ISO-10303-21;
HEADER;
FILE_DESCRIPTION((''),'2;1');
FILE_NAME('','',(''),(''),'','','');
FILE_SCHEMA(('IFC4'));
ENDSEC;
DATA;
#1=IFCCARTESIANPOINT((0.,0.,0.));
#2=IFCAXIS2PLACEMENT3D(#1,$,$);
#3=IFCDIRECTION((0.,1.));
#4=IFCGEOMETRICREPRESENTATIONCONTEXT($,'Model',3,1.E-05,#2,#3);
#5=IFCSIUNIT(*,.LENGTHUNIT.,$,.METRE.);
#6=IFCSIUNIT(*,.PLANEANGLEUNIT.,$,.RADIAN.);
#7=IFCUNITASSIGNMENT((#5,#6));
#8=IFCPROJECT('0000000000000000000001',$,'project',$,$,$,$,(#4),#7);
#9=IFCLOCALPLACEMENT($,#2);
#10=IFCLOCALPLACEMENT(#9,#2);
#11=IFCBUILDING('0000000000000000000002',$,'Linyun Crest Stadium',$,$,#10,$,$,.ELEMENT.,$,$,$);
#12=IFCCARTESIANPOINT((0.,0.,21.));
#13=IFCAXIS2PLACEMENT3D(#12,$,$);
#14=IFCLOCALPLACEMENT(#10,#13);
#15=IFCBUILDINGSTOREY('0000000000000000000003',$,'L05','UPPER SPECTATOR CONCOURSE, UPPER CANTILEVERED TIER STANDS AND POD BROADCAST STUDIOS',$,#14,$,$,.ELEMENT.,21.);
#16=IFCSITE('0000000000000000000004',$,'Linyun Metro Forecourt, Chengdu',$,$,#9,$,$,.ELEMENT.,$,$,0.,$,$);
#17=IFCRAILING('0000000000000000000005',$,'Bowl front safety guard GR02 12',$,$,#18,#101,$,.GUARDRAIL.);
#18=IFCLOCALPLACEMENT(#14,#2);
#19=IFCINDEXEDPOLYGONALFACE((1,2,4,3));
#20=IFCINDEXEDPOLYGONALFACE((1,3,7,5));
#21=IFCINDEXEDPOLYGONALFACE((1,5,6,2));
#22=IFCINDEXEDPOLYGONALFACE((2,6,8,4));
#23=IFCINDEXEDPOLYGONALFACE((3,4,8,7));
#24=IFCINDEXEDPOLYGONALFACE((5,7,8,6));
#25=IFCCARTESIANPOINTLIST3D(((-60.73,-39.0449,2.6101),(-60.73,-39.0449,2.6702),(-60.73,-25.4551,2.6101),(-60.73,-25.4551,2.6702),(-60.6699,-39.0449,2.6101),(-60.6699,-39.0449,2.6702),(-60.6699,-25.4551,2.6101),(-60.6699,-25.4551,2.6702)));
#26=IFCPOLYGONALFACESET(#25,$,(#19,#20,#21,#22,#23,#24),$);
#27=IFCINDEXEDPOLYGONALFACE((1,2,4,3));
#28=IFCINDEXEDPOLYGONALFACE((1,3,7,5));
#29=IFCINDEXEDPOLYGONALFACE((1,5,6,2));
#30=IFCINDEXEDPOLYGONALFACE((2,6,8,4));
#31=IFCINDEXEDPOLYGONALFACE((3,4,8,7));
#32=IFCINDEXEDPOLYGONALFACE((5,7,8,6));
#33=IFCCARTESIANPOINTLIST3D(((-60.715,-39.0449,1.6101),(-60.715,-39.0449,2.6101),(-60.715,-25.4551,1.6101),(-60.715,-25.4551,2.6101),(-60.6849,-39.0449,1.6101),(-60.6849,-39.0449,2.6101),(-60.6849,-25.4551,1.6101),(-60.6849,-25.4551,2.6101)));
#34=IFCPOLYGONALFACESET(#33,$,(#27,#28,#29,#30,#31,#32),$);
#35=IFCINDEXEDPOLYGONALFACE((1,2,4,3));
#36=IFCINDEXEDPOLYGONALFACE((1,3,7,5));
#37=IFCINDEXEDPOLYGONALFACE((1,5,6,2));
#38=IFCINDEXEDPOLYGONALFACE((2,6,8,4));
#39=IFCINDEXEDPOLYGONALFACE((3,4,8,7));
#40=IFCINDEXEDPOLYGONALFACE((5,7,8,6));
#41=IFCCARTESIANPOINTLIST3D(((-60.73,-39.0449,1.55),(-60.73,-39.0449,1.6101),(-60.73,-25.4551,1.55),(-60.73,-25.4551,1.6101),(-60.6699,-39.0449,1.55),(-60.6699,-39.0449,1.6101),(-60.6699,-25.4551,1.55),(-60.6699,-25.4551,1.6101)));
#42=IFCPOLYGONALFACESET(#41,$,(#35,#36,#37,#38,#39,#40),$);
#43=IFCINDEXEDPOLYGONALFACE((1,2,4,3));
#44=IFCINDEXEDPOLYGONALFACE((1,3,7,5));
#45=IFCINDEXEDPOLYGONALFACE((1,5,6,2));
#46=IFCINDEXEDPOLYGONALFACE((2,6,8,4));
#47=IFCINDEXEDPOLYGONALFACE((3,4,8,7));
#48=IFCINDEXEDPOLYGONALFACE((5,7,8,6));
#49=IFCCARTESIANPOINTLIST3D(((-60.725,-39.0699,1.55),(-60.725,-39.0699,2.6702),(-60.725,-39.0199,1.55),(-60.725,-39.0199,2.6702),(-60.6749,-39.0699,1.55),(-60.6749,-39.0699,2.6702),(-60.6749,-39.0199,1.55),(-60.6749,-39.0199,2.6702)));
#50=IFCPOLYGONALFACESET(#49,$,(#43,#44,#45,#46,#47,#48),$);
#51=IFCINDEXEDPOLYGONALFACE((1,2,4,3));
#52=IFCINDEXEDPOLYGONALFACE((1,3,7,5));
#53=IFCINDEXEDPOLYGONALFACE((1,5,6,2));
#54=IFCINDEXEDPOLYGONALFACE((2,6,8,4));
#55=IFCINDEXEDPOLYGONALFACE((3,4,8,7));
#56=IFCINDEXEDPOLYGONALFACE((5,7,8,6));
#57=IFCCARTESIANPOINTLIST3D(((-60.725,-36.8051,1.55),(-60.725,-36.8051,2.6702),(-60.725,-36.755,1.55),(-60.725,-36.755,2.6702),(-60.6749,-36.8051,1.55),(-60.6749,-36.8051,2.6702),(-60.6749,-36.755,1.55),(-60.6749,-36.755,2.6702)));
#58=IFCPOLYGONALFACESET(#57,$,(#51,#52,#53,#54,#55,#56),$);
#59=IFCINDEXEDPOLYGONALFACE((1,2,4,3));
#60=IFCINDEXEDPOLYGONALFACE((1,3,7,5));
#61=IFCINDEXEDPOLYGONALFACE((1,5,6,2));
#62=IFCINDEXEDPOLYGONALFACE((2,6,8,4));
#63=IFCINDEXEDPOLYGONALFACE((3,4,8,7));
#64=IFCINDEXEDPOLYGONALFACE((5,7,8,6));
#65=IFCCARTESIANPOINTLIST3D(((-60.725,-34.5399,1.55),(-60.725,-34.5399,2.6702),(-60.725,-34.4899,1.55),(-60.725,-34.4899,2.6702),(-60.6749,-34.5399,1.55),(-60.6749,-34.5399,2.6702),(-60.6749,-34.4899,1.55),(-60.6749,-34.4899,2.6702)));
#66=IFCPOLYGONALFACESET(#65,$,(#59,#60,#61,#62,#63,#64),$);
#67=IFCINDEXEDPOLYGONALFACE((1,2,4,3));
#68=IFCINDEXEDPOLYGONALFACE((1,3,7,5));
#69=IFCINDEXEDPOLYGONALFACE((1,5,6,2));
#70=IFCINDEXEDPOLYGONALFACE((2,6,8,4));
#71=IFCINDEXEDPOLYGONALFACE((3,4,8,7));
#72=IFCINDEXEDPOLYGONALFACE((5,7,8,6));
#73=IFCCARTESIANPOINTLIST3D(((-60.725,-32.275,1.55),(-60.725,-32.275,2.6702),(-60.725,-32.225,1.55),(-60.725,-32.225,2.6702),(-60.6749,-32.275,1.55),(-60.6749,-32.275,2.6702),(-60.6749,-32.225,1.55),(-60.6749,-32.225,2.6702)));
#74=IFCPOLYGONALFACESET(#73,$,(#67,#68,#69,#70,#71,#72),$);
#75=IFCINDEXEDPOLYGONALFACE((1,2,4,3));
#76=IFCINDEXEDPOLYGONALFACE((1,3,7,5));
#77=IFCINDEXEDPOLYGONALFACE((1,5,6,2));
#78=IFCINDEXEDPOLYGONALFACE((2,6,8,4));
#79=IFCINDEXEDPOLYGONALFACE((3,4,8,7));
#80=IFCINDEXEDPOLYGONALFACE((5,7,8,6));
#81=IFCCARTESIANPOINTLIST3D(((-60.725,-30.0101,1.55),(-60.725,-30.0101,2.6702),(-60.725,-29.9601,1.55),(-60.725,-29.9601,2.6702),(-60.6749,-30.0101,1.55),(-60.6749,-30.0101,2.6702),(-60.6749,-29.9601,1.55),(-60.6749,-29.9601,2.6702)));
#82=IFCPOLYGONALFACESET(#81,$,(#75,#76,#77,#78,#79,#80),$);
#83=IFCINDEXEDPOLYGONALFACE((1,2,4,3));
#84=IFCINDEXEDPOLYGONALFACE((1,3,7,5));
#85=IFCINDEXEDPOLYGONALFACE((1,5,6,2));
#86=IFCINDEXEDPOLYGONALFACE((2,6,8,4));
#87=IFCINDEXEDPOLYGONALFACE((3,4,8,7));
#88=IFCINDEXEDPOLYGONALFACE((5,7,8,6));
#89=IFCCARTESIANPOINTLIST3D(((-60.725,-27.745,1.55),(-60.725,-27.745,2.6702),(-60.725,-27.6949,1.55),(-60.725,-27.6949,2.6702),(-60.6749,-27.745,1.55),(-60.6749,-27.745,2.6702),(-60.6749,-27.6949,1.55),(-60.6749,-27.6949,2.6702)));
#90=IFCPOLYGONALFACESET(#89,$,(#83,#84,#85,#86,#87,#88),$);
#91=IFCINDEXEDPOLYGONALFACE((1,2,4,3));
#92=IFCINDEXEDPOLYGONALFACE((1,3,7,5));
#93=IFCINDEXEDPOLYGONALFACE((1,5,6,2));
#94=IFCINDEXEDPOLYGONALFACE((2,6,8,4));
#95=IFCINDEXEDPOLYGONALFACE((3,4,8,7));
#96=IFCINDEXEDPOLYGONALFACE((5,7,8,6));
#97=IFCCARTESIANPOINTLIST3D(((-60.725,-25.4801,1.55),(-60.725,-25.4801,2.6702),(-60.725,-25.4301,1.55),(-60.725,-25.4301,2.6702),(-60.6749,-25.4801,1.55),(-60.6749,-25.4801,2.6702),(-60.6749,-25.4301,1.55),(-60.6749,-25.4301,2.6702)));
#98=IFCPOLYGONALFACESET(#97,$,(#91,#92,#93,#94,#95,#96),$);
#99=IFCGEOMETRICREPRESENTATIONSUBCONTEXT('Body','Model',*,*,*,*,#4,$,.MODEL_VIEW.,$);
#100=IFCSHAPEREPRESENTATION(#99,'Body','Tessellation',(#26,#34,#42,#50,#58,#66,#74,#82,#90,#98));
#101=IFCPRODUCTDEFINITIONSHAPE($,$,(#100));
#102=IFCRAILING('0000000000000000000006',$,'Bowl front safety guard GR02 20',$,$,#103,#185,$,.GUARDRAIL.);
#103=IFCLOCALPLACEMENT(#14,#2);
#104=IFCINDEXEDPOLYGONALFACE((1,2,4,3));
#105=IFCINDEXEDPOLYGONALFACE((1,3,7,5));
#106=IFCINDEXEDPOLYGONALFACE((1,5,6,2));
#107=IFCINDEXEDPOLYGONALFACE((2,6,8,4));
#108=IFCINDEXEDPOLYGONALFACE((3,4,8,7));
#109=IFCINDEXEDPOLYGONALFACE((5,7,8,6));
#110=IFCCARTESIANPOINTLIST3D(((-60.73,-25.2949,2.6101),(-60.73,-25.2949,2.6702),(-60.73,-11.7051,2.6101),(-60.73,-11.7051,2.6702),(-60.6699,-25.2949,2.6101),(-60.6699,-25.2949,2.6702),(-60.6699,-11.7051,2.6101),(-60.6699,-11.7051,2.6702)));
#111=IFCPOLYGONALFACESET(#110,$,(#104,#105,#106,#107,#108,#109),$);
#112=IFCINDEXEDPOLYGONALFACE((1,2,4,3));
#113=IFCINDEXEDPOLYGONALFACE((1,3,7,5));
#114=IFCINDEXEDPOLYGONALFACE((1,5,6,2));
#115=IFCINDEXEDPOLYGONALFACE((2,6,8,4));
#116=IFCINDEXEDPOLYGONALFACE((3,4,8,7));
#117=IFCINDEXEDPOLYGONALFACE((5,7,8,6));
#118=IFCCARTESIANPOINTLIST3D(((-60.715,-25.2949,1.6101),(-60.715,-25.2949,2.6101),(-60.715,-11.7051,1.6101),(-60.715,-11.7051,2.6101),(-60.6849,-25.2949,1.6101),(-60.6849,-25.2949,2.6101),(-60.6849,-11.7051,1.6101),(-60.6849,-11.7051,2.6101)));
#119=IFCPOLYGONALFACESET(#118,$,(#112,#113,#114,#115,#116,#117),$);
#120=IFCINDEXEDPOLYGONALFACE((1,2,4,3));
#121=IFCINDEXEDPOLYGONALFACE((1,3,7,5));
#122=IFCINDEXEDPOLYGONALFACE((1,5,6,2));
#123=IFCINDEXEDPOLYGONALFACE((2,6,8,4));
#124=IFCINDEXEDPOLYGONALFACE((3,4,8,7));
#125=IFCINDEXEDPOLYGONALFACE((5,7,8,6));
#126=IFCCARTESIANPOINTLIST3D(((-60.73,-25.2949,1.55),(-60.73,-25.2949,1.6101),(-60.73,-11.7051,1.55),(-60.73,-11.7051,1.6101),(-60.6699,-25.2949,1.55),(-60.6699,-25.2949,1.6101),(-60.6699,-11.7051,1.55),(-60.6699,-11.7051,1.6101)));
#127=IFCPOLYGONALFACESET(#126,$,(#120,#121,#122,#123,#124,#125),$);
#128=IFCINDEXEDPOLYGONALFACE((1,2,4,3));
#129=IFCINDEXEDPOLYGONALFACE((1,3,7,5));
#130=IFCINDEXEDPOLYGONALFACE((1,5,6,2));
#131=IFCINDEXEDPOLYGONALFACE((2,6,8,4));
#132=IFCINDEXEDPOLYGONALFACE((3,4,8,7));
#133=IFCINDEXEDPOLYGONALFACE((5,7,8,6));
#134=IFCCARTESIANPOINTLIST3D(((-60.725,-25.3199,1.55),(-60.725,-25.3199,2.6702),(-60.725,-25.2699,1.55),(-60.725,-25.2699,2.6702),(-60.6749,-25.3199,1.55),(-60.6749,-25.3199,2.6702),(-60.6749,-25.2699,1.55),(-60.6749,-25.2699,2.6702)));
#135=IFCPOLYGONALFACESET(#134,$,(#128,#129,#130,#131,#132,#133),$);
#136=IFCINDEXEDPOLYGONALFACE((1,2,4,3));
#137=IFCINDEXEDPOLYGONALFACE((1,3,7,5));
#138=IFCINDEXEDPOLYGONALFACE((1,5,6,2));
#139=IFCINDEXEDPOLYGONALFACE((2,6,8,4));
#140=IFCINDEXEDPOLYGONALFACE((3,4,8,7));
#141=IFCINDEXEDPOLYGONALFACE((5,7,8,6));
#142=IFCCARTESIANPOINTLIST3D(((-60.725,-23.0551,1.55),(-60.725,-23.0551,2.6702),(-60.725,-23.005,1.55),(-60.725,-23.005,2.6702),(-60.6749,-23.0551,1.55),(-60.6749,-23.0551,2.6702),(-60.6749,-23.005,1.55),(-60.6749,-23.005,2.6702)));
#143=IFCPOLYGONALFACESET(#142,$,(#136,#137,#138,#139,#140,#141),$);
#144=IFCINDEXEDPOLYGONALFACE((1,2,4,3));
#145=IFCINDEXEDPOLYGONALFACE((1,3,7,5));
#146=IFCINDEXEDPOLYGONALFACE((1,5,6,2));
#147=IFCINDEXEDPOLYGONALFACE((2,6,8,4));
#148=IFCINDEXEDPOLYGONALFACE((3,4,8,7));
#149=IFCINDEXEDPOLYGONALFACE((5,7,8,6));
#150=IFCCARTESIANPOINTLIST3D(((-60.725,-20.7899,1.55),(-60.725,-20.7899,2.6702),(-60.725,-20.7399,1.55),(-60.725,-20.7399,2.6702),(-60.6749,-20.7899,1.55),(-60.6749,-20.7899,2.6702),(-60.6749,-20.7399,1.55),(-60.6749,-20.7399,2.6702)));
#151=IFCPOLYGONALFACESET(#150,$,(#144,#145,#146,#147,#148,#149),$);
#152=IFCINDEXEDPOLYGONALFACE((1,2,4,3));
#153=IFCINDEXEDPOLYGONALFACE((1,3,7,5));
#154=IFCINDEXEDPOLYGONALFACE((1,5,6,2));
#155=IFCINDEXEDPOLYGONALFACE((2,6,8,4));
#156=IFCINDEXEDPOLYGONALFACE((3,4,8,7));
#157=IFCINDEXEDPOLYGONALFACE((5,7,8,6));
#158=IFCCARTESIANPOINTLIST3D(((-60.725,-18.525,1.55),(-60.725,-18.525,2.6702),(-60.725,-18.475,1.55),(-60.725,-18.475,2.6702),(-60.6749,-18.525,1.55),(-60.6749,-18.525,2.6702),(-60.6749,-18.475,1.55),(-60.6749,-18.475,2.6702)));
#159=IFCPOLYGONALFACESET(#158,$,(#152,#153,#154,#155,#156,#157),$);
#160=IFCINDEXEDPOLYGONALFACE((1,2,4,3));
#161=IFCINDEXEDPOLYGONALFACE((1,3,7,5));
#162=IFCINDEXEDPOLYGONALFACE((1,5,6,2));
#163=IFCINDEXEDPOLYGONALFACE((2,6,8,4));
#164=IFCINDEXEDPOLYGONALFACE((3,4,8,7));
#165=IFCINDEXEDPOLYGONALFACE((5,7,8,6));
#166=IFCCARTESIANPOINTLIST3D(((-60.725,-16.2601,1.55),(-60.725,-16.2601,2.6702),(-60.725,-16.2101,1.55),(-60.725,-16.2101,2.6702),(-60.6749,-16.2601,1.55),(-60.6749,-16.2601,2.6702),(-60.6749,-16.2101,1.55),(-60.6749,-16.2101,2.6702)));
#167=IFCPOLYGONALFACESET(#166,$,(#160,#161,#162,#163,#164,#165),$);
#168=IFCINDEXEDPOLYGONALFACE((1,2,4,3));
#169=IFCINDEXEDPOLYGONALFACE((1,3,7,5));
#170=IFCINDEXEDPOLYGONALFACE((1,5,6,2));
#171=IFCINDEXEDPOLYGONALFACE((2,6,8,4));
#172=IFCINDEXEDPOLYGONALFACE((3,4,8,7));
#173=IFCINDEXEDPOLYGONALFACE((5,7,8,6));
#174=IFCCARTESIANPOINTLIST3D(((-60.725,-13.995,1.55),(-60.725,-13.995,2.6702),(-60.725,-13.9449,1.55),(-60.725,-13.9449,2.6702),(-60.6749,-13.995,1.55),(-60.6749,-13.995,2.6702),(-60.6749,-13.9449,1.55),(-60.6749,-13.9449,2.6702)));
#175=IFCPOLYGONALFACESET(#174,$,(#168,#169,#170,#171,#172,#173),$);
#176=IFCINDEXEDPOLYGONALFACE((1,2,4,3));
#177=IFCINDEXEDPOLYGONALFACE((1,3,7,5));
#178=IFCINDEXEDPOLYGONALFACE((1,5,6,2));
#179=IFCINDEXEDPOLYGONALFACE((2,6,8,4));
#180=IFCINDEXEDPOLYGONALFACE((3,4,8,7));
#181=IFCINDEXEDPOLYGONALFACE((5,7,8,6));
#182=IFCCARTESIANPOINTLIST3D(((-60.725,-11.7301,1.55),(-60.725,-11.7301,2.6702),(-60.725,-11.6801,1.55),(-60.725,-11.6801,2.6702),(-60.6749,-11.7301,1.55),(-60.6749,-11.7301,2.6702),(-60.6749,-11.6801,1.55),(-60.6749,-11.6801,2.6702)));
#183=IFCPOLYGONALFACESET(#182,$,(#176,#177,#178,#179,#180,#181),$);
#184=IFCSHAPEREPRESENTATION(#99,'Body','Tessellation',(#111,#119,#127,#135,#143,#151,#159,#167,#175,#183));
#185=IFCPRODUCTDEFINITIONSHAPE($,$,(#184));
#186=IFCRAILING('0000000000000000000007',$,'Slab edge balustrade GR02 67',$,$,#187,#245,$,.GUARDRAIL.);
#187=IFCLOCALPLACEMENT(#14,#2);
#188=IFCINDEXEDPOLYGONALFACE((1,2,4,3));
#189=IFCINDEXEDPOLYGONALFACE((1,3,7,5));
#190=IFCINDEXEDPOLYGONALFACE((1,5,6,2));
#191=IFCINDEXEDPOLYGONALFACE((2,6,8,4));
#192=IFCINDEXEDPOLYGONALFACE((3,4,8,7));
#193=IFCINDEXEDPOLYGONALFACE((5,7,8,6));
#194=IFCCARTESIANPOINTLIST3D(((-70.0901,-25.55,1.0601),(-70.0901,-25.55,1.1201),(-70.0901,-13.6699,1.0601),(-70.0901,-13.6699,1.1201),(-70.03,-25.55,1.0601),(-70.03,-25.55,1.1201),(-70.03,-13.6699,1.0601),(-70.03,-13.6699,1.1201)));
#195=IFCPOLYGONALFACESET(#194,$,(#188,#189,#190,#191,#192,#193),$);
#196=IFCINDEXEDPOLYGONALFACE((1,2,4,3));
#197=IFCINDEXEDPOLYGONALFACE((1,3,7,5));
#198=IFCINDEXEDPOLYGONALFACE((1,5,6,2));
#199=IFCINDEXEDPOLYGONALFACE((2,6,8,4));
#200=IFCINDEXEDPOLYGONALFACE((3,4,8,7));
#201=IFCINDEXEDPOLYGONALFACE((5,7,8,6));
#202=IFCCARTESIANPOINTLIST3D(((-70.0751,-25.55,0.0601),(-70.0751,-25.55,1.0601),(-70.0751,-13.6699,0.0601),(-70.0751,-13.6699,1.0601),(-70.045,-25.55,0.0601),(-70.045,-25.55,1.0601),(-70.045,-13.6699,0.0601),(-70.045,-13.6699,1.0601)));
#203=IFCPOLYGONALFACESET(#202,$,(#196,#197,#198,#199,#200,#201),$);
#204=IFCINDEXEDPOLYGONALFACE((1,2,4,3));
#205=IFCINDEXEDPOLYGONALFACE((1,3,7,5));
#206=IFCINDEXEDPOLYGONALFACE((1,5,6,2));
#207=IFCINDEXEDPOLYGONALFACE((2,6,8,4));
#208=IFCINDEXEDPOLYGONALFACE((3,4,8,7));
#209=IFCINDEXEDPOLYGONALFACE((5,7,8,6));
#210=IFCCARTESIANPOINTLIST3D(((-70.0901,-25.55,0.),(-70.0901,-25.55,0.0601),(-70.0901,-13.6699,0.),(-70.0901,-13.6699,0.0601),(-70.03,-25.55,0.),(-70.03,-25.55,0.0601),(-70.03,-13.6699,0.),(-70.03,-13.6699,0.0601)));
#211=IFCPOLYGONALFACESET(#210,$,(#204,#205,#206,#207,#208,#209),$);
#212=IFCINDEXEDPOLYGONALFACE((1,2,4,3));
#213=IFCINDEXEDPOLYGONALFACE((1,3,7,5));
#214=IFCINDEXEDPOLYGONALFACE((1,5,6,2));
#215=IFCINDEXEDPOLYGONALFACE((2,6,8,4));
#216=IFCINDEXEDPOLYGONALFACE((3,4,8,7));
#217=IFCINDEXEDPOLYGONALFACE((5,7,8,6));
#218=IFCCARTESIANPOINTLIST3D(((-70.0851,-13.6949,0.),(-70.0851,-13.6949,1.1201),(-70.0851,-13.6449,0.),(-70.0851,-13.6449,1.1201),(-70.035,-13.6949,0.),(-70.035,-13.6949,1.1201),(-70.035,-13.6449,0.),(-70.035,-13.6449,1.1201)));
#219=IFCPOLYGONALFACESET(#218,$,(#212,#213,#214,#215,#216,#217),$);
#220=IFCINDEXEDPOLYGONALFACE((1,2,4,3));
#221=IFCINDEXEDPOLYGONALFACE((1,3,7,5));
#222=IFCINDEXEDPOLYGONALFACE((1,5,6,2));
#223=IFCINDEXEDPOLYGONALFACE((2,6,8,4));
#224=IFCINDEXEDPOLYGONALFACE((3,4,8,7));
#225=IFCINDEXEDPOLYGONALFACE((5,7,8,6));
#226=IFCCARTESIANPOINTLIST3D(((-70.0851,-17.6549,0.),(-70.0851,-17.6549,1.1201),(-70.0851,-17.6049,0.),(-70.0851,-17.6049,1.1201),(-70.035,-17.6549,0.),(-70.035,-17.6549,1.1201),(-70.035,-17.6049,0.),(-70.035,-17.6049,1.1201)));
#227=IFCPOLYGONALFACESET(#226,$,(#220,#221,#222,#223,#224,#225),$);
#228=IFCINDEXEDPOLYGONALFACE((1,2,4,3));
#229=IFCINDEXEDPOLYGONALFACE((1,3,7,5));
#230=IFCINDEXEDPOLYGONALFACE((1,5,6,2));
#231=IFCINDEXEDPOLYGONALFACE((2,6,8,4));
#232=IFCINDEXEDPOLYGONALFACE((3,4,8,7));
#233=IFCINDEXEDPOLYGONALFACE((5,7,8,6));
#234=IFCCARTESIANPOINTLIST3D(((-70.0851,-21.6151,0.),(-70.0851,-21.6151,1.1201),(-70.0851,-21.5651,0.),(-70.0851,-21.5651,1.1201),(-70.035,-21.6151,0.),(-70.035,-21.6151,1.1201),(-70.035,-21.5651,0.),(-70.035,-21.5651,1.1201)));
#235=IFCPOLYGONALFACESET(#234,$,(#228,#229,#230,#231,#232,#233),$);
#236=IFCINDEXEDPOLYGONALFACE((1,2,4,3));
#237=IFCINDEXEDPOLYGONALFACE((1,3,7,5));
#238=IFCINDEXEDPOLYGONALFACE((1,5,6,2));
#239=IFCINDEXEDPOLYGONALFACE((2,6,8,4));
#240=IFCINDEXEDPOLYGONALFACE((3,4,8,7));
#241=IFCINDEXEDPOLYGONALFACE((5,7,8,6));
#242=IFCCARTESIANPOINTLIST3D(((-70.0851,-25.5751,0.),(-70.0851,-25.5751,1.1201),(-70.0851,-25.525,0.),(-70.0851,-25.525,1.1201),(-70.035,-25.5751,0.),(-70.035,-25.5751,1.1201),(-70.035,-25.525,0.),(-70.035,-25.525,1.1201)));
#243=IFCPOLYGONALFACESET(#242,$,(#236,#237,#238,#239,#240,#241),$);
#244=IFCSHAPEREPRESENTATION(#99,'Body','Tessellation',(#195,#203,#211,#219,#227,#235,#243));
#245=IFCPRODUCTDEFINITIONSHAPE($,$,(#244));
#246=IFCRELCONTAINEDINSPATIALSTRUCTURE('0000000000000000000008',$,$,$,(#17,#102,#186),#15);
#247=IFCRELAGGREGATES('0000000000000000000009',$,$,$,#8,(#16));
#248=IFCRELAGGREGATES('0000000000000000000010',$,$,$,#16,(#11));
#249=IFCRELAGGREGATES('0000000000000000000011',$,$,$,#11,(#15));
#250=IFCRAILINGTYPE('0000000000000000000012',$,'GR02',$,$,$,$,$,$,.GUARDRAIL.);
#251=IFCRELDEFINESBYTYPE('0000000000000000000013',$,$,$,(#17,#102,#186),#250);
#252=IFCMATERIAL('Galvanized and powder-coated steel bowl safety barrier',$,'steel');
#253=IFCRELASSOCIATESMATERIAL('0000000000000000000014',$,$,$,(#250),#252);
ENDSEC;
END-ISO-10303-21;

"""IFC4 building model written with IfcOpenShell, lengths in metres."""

from ifc_helpers import new_model, si_unit, direction, frame, origin, origin_2d, place, context, subcontext, project, spatial, rectangle, extrude, material, type_object, element, save


model = new_model("IFC4")

# Units and contexts
model_context = context("Model", 3, precision=1e-05, world=origin(), true_north=direction((0.0, 1.0)))
body_context = subcontext(model_context, "Body", "Model", "MODEL_VIEW")
ifc_project = project(units=[si_unit("LENGTHUNIT", "METRE"), si_unit("PLANEANGLEUNIT", "RADIAN")], contexts=[model_context])

# Site, building, storey
site_placement = place(None, origin())
site = spatial("IfcSite", under=ifc_project, at=site_placement, Name="Linyun Metro Forecourt, Chengdu", CompositionType="ELEMENT", RefElevation=0.0)
building_placement = place(site_placement, origin())
building = spatial("IfcBuilding", under=site, at=building_placement, Name="Linyun Crest Stadium", CompositionType="ELEMENT")
storey_placement = place(building_placement, frame((0.0, 0.0, 21.0)))
storey = spatial("IfcBuildingStorey", under=building, at=storey_placement, Name="L05", Description="UPPER SPECTATOR CONCOURSE, UPPER CANTILEVERED TIER STANDS AND POD BROADCAST STUDIOS", CompositionType="ELEMENT", Elevation=21.0)

# Railings
ifc_material_1 = material(Name="Galvanized and powder-coated steel bowl safety barrier", Category="steel")
railing_type = type_object("IfcRailingType", Name="GR02", PredefinedType="GUARDRAIL", material=ifc_material_1)
for number, where, name in (
    (1, (-60.7, -39.0449, 1.55), "Bowl front safety guard GR02 12"),
    (2, (-60.7, -25.2949, 1.55), "Bowl front safety guard GR02 20"),
):
    element("IfcRailing", number, at=place(storey_placement, frame(where)), inside=storey, type_object=railing_type, Name=name, PredefinedType="GUARDRAIL", context=body_context, shape_type="SweptSolid", body=[
        extrude(rectangle(XDim=0.0601, YDim=0.0601, at=origin_2d()), frame((0.0, 0.0, 1.0901), z_axis=(0.0, 1.0, 0.0), x_axis=(-1.0, 0.0, 0.0)), (0.0, 0.0, 1.0), 13.5898),
        extrude(rectangle(XDim=0.03, YDim=1.0, at=origin_2d()), frame((0.0, 0.0, 0.5601), z_axis=(0.0, 1.0, 0.0), x_axis=(-1.0, 0.0, 0.0)), (0.0, 0.0, 1.0), 13.5898),
        extrude(rectangle(XDim=0.0601, YDim=0.0601, at=origin_2d()), frame((0.0, 0.0, 0.03), z_axis=(0.0, 1.0, 0.0), x_axis=(-1.0, 0.0, 0.0)), (0.0, 0.0, 1.0), 13.5898),
        extrude(rectangle(XDim=0.05, YDim=0.05, at=origin_2d()), origin(), (0.0, 0.0, 1.0), 1.1201),
        extrude(rectangle(XDim=0.05, YDim=0.05, at=origin_2d()), frame((0.0, 2.2649, 0.0)), (0.0, 0.0, 1.0), 1.1201),
        extrude(rectangle(XDim=0.05, YDim=0.05, at=origin_2d()), frame((0.0, 4.53, 0.0)), (0.0, 0.0, 1.0), 1.1201),
        extrude(rectangle(XDim=0.05, YDim=0.05, at=origin_2d()), frame((0.0, 6.7949, 0.0)), (0.0, 0.0, 1.0), 1.1201),
        extrude(rectangle(XDim=0.05, YDim=0.05, at=origin_2d()), frame((0.0, 9.0598, 0.0)), (0.0, 0.0, 1.0), 1.1201),
        extrude(rectangle(XDim=0.05, YDim=0.05, at=origin_2d()), frame((0.0, 11.325, 0.0)), (0.0, 0.0, 1.0), 1.1201),
        extrude(rectangle(XDim=0.05, YDim=0.05, at=origin_2d()), frame((0.0, 13.5898, 0.0)), (0.0, 0.0, 1.0), 1.1201),
    ])
railing_1_placement = place(storey_placement, frame((-70.0601, -13.6699, 0.0)))
element("IfcRailing", 3, at=railing_1_placement, inside=storey, type_object=railing_type, Name="Slab edge balustrade GR02 67", PredefinedType="GUARDRAIL", context=body_context, shape_type="SweptSolid", body=[
    extrude(rectangle(XDim=0.0601, YDim=0.0601, at=origin_2d()), frame((0.0, 0.0, 1.0901), z_axis=(0.0, -1.0, 0.0), x_axis=(1.0, 0.0, 0.0)), (0.0, 0.0, 1.0), 11.8801),
    extrude(rectangle(XDim=0.03, YDim=1.0, at=origin_2d()), frame((0.0, 0.0, 0.5601), z_axis=(0.0, -1.0, 0.0), x_axis=(1.0, 0.0, 0.0)), (0.0, 0.0, 1.0), 11.8801),
    extrude(rectangle(XDim=0.0601, YDim=0.0601, at=origin_2d()), frame((0.0, 0.0, 0.03), z_axis=(0.0, -1.0, 0.0), x_axis=(1.0, 0.0, 0.0)), (0.0, 0.0, 1.0), 11.8801),
    extrude(rectangle(XDim=0.05, YDim=0.05, at=origin_2d()), origin(), (0.0, 0.0, 1.0), 1.1201),
    extrude(rectangle(XDim=0.05, YDim=0.05, at=origin_2d()), frame((0.0, -3.96, 0.0)), (0.0, 0.0, 1.0), 1.1201),
    extrude(rectangle(XDim=0.05, YDim=0.05, at=origin_2d()), frame((0.0, -7.9202, 0.0)), (0.0, 0.0, 1.0), 1.1201),
    extrude(rectangle(XDim=0.05, YDim=0.05, at=origin_2d()), frame((0.0, -11.8801, 0.0)), (0.0, 0.0, 1.0), 1.1201),
])

save(model, "model.ifc")
